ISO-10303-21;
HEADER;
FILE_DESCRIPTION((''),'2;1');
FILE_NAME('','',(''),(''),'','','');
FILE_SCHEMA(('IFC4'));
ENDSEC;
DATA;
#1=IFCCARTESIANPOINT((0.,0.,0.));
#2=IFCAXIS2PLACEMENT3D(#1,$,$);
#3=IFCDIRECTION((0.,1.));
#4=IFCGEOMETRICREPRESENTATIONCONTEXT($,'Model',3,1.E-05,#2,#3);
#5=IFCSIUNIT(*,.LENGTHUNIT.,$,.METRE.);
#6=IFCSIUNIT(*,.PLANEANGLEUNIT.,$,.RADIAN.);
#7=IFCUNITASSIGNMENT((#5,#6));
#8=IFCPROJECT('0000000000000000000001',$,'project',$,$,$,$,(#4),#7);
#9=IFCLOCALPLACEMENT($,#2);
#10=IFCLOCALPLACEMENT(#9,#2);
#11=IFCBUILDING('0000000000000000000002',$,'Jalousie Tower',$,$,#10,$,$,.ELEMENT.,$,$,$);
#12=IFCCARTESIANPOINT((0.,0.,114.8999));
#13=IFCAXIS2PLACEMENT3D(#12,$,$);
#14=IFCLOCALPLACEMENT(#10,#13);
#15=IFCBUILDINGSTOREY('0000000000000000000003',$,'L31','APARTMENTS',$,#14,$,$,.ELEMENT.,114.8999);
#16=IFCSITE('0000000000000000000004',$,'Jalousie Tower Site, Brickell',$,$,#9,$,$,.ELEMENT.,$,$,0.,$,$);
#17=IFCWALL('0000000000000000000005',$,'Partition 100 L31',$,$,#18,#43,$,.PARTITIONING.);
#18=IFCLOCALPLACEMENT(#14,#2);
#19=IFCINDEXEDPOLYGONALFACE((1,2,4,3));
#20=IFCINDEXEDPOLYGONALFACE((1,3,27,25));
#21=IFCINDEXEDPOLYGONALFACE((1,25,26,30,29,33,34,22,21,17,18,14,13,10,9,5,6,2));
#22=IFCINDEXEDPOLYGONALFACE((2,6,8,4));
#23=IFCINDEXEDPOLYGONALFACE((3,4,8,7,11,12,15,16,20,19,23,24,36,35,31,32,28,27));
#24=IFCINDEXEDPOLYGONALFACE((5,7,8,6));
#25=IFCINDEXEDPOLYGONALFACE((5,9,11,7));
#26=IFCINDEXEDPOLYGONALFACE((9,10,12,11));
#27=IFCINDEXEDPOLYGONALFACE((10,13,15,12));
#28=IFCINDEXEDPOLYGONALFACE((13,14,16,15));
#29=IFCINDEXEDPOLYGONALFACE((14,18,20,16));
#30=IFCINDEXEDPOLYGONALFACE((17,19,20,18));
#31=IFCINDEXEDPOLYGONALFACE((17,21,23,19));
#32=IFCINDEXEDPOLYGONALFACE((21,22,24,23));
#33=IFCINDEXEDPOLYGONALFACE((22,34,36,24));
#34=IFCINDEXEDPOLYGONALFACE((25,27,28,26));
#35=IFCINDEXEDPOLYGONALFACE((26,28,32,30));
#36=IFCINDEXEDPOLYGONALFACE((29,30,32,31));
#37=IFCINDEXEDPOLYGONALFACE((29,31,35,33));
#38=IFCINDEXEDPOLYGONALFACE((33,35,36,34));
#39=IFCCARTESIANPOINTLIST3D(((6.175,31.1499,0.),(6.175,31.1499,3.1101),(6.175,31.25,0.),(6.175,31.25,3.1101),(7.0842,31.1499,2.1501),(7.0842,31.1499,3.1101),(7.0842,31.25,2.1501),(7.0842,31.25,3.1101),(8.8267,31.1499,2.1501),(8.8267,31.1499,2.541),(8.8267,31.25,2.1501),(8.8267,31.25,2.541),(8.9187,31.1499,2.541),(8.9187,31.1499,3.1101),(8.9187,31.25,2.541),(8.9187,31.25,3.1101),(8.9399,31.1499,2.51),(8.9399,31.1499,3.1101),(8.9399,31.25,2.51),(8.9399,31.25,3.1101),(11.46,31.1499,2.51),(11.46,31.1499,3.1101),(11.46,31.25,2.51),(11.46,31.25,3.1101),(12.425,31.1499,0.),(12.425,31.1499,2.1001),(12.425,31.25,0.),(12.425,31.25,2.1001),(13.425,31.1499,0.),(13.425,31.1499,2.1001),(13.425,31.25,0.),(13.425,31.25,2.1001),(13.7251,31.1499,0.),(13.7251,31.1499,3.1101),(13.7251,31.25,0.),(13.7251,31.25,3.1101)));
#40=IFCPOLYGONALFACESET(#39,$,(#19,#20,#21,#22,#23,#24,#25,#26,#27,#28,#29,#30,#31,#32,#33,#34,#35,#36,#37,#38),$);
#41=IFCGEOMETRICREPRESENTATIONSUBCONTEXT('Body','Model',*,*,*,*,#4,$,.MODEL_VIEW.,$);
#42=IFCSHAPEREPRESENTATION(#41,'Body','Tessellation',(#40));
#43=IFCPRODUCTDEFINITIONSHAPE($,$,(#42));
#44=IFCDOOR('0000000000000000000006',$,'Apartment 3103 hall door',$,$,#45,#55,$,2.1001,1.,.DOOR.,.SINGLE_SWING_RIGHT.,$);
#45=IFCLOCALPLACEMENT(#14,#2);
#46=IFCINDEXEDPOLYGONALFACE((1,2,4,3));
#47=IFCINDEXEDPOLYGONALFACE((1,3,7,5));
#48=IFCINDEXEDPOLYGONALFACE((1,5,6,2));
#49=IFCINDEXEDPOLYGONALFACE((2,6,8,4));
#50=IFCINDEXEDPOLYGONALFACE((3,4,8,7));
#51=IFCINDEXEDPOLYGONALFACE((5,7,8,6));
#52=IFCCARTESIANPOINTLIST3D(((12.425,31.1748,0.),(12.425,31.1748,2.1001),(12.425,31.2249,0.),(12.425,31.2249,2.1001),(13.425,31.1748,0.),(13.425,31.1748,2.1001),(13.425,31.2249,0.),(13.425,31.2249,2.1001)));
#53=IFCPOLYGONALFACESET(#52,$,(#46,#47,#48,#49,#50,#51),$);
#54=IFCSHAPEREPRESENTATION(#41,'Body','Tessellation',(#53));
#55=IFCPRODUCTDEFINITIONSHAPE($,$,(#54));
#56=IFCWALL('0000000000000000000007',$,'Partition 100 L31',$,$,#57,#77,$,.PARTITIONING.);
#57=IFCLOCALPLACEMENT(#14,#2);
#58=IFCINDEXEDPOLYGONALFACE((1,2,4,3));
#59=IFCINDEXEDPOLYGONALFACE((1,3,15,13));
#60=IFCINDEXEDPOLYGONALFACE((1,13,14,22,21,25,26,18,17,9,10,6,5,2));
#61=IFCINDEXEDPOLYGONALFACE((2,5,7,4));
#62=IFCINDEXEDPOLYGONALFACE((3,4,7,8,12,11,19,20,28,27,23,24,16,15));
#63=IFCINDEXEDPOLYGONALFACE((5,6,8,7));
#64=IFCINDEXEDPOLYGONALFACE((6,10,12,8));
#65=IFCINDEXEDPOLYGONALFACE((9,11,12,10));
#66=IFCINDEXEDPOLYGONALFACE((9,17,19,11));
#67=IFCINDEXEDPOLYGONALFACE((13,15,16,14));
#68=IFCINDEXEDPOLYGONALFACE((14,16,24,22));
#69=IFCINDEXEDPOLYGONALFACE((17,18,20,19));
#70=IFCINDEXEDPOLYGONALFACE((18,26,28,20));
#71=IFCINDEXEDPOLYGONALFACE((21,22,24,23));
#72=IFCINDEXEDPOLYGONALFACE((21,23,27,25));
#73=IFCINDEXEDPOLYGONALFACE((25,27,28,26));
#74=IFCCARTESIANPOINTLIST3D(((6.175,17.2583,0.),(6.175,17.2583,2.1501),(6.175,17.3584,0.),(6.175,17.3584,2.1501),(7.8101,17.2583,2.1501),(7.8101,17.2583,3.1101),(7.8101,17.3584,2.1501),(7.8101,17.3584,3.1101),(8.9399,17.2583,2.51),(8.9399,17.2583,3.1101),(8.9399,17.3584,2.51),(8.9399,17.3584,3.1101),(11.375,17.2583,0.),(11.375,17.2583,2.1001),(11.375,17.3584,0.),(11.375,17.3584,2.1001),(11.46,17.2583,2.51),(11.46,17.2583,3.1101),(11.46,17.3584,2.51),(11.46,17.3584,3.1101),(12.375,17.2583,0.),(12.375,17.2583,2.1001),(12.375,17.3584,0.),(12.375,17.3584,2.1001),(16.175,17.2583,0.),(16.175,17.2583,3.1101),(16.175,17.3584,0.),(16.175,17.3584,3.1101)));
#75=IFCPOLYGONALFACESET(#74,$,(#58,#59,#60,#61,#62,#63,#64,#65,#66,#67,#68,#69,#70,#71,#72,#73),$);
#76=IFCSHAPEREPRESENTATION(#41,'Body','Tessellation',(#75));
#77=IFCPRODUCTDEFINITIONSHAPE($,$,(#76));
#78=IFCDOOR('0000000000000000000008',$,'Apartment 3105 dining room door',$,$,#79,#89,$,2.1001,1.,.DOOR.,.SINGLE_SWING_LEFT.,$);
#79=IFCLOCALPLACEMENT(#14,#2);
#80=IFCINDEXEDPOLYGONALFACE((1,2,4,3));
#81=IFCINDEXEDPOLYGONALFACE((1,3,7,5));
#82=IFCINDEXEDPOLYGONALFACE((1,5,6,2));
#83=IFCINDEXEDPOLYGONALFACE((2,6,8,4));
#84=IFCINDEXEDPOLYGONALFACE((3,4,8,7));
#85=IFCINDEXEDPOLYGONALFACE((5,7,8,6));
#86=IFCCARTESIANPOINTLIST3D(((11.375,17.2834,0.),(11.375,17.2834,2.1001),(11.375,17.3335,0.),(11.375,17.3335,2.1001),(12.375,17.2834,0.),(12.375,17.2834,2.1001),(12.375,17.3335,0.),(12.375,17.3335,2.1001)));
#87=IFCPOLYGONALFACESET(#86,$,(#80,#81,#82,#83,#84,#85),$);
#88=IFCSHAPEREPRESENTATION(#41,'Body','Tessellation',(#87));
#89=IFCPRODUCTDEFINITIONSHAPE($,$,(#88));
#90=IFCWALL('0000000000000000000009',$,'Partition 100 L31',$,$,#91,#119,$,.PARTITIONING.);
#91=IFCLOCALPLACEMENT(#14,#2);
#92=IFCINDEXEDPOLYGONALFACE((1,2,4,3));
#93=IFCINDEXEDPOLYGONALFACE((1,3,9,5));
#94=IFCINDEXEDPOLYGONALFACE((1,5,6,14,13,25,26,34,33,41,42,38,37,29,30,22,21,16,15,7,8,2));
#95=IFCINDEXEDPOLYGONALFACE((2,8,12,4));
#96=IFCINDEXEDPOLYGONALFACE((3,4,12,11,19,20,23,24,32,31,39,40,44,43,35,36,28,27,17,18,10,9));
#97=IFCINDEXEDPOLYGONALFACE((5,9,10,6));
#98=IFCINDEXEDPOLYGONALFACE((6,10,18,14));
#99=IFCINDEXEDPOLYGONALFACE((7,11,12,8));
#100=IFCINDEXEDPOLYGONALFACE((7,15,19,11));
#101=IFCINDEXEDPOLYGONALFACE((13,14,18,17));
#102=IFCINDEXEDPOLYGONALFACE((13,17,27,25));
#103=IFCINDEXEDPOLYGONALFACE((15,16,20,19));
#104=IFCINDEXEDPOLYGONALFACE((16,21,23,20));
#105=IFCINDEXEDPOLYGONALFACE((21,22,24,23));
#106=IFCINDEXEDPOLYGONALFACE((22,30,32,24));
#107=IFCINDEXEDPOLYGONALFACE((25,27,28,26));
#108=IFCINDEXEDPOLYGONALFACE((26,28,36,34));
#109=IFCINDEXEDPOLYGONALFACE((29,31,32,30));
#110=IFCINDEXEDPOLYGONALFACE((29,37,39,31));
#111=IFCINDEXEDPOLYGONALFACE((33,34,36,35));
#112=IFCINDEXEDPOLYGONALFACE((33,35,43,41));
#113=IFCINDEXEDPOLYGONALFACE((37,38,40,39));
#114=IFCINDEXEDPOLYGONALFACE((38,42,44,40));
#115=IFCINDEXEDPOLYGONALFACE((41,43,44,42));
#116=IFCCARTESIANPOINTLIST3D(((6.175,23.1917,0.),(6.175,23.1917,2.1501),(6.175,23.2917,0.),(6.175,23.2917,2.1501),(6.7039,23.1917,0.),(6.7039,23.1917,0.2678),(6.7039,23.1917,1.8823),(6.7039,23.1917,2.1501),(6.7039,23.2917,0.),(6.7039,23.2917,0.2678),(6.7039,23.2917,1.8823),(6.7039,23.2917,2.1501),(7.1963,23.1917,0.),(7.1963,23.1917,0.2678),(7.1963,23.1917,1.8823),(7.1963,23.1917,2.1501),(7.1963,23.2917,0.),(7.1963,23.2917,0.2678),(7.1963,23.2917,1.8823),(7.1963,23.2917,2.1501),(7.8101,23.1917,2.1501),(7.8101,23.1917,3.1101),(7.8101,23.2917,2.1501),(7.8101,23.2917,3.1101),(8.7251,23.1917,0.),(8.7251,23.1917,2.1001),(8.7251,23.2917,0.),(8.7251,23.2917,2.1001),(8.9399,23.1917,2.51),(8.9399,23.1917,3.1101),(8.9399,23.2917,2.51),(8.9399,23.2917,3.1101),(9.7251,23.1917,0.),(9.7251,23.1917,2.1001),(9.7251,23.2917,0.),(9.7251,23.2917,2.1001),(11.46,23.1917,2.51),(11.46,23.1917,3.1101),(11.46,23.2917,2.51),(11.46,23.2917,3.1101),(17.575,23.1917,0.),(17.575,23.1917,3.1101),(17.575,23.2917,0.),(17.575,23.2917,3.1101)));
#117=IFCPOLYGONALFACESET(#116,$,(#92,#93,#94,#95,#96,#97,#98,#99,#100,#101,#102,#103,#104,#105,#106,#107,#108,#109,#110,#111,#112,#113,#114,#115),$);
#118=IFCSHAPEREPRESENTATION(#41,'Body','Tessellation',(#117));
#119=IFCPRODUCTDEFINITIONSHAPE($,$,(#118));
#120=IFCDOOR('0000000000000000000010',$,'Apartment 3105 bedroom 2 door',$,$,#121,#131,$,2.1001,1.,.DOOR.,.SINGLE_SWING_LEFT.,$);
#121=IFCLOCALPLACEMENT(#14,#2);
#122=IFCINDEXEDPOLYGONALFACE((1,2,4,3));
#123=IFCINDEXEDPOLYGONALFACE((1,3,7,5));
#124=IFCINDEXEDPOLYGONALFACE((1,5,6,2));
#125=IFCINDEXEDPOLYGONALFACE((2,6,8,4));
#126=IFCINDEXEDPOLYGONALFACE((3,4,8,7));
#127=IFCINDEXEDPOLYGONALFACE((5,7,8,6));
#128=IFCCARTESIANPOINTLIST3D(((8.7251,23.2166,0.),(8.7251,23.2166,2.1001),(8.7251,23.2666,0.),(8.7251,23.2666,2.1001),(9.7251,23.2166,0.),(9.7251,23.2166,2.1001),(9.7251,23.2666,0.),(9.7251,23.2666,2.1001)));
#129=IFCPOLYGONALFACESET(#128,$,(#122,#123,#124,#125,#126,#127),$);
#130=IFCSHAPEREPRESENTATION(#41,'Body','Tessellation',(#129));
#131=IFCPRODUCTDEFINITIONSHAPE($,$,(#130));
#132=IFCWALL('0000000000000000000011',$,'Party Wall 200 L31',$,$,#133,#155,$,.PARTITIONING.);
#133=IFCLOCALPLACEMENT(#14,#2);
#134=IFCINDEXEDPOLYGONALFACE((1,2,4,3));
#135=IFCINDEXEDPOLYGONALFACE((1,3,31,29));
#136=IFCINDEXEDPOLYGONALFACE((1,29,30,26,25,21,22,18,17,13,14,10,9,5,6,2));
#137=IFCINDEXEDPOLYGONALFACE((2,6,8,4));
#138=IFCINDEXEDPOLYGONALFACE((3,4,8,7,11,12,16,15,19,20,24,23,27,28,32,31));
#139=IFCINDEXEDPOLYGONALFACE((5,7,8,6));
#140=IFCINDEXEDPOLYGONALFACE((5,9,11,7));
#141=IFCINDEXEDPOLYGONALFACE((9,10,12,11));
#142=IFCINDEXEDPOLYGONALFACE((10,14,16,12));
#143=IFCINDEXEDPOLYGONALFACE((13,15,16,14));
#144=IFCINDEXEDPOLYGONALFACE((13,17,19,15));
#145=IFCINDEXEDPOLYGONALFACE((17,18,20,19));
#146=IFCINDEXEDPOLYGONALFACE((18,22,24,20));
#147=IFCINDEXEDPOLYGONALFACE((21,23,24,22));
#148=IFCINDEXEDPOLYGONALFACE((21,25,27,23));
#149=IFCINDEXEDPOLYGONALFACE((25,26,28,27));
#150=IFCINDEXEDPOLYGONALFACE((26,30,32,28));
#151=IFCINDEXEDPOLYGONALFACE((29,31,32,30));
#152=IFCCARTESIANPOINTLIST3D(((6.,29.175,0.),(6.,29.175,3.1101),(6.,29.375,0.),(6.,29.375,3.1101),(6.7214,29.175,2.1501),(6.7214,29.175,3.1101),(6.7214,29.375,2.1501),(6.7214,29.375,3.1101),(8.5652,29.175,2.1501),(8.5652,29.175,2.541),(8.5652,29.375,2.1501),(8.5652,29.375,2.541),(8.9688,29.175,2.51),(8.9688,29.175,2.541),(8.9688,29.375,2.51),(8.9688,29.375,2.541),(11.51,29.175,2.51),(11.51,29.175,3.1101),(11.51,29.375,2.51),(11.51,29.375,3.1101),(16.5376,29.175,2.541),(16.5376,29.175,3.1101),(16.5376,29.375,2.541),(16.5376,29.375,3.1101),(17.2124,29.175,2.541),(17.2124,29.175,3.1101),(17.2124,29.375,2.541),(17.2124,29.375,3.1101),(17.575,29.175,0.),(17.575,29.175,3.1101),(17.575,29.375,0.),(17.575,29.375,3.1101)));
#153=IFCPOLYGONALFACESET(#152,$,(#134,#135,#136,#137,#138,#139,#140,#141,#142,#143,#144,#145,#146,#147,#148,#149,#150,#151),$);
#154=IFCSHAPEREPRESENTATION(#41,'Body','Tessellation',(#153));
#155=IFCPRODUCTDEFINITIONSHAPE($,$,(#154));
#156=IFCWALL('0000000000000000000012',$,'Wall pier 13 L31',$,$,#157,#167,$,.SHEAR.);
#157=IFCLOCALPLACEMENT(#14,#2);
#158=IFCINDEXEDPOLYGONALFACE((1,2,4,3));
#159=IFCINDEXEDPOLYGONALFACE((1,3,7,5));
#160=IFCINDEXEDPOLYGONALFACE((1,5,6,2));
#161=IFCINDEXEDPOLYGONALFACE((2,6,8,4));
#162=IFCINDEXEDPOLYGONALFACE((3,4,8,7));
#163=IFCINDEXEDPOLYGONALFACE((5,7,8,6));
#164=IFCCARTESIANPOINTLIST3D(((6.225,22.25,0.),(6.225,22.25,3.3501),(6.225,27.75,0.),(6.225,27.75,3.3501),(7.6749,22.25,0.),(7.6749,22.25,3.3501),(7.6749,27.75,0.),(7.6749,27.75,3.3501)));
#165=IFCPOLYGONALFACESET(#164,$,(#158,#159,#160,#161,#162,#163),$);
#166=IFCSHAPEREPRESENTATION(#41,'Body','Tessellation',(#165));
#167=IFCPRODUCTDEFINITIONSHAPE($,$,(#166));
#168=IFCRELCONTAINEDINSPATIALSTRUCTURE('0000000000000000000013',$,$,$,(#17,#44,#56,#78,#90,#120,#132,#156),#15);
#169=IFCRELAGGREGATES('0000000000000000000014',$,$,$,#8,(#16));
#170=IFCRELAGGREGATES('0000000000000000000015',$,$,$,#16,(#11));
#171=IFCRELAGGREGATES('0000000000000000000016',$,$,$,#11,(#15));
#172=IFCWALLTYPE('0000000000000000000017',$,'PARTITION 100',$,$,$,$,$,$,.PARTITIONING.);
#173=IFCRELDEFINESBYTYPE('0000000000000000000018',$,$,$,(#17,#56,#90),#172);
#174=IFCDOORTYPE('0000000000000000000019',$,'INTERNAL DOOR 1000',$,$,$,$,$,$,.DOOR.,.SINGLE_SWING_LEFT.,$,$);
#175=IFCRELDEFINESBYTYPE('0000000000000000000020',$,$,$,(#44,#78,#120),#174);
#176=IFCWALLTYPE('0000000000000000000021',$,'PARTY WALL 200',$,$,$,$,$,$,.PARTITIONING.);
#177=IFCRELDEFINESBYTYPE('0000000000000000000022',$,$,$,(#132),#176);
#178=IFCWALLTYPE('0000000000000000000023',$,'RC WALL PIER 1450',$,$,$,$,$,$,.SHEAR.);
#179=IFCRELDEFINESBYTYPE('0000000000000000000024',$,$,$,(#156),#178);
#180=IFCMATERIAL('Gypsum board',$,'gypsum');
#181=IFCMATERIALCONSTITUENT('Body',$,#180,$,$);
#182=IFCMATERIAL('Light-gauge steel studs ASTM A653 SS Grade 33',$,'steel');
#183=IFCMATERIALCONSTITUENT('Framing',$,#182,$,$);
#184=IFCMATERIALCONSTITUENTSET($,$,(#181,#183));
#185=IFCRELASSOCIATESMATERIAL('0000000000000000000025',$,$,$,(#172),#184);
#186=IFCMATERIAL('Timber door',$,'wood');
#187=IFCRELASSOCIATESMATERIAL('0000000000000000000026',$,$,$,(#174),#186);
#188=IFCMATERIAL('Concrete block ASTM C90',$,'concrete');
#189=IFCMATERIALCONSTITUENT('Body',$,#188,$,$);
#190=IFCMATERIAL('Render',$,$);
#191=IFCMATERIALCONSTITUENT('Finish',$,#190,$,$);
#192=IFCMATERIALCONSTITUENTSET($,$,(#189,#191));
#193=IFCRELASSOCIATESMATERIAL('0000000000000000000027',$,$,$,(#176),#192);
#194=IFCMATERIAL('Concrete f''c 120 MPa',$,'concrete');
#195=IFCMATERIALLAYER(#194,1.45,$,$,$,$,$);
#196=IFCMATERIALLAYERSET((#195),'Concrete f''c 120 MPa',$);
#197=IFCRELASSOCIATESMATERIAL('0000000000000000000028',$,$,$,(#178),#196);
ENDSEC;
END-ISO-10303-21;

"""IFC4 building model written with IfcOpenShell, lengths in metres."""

from ifc_helpers import new_model, si_unit, direction, frame, frame_2d, origin, place, context, subcontext, project, spatial, polyline, rectangle, outline, extrude, material, layer, layer_set, constituent, constituent_set, type_object, element, fill, save


model = new_model("IFC4")

# Units and contexts
model_context = context("Model", 3, precision=1e-05, world=origin(), true_north=direction((0.0, 1.0)))
body_context = subcontext(model_context, "Body", "Model", "MODEL_VIEW")
ifc_project = project(units=[si_unit("LENGTHUNIT", "METRE"), si_unit("PLANEANGLEUNIT", "RADIAN")], contexts=[model_context])

# Site, building, storey
site_placement = place(None, origin())
site = spatial("IfcSite", under=ifc_project, at=site_placement, Name="Jalousie Tower Site, Brickell", CompositionType="ELEMENT", RefElevation=0.0)
building_placement = place(site_placement, origin())
building = spatial("IfcBuilding", under=site, at=building_placement, Name="Jalousie Tower", CompositionType="ELEMENT")
storey_placement = place(building_placement, frame((0.0, 0.0, 114.8999)))
storey = spatial("IfcBuildingStorey", under=building, at=storey_placement, Name="L31", Description="APARTMENTS", CompositionType="ELEMENT", Elevation=114.8999)

# Walls, openings, doors
ifc_material_1 = material(Name="Gypsum board", Category="gypsum")
ifc_constituent_1 = constituent(ifc_material_1, Name="Body")
ifc_material_2 = material(Name="Light-gauge steel studs ASTM A653 SS Grade 33", Category="steel")
ifc_constituent_2 = constituent(ifc_material_2, Name="Framing")
ifc_constituent_set_1 = constituent_set(constituents=[ifc_constituent_1, ifc_constituent_2])
wall_type_1 = type_object("IfcWallType", Name="PARTITION 100", PredefinedType="PARTITIONING", material=ifc_constituent_set_1)
wall_1_placement = place(storey_placement, frame((6.175, 31.2, 0.0), z_axis=(0.0, 0.0, 1.0), x_axis=(1.0, 0.0, 0.0)))
wall_1 = element("IfcWall", 1, at=wall_1_placement, inside=storey, type_object=wall_type_1, Name="Partition 100 L31", PredefinedType="PARTITIONING", context=body_context, shape_type="SweptSolid", body=[
    extrude(outline(polyline([(0.0, 0.0), (7.55, 0.0), (7.55, 3.1101), (5.2849, 3.1101), (5.2849, 2.51), (2.7649, 2.51), (2.7649, 3.1101), (2.7437, 3.1101), (2.7437, 2.541), (2.6516, 2.541), (2.6516, 2.1501), (0.9092, 2.1501), (0.9092, 3.1101), (0.0, 3.1101), (0.0, 0.0)])), frame((0.0, 0.05, 0.0), z_axis=(0.0, -1.0, 0.0), x_axis=(1.0, 0.0, 0.0)), (0.0, 0.0, 1.0), 0.1001),
])
opening_1_placement = place(wall_1_placement, frame((6.25, 0.0, 0.0)))
opening_1 = element("IfcOpeningElement", 2, at=opening_1_placement, cuts=wall_1, PredefinedType="OPENING", context=body_context, shape_type="SweptSolid", body=[
    extrude(rectangle(XDim=1.0, YDim=2.1001, at=frame_2d((0.5, 1.05))), frame((0.0, 0.0601, 0.0), z_axis=(0.0, -1.0, 0.0), x_axis=(1.0, 0.0, 0.0)), (0.0, 0.0, 1.0), 0.1201),
])
ifc_material_3 = material(Name="Timber door", Category="wood")
door_type = type_object("IfcDoorType", Name="INTERNAL DOOR 1000", OperationType="SINGLE_SWING_LEFT", PredefinedType="DOOR", material=ifc_material_3)
door_1_placement = place(opening_1_placement, origin())
door_1 = element("IfcDoor", 3, at=door_1_placement, inside=storey, type_object=door_type, Name="Apartment 3103 hall door", OperationType="SINGLE_SWING_RIGHT", OverallHeight=2.1001, OverallWidth=1.0, PredefinedType="DOOR", context=body_context, shape_type="SweptSolid", body=[
    extrude(rectangle(XDim=1.0, YDim=2.1001, at=frame_2d((0.5, 1.05))), frame((0.0, 0.0249, 0.0), z_axis=(0.0, -1.0, 0.0), x_axis=(1.0, 0.0, 0.0)), (0.0, 0.0, 1.0), 0.05),
])
fill(opening_1, door_1)
wall_2_placement = place(storey_placement, frame((6.175, 17.3083, 0.0), z_axis=(0.0, 0.0, 1.0), x_axis=(1.0, 0.0, 0.0)))
wall_2 = element("IfcWall", 4, at=wall_2_placement, inside=storey, type_object=wall_type_1, Name="Partition 100 L31", PredefinedType="PARTITIONING", context=body_context, shape_type="SweptSolid", body=[
    extrude(outline(polyline([(0.0, 0.0), (10.0, 0.0), (10.0, 3.1101), (5.2849, 3.1101), (5.2849, 2.51), (2.7649, 2.51), (2.7649, 3.1101), (1.635, 3.1101), (1.635, 2.1501), (0.0, 2.1501), (0.0, 3.1101), (0.0, 0.0)])), frame((0.0, 0.05, 0.0), z_axis=(0.0, -1.0, 0.0), x_axis=(1.0, 0.0, 0.0)), (0.0, 0.0, 1.0), 0.1001),
])
opening_2_placement = place(wall_2_placement, frame((5.2, 0.0, 0.0)))
opening_2 = element("IfcOpeningElement", 5, at=opening_2_placement, cuts=wall_2, PredefinedType="OPENING", context=body_context, shape_type="SweptSolid", body=[
    extrude(rectangle(XDim=1.0, YDim=2.1001, at=frame_2d((0.5, 1.05))), frame((0.0, 0.0601, 0.0), z_axis=(0.0, -1.0, 0.0), x_axis=(1.0, 0.0, 0.0)), (0.0, 0.0, 1.0), 0.1201),
])
door_2_placement = place(opening_2_placement, frame((1.0, 0.0, 0.0), z_axis=(0.0, 0.0, 1.0), x_axis=(-1.0, 0.0, 0.0)))
door_2 = element("IfcDoor", 6, at=door_2_placement, inside=storey, type_object=door_type, Name="Apartment 3105 dining room door", OperationType="SINGLE_SWING_LEFT", OverallHeight=2.1001, OverallWidth=1.0, PredefinedType="DOOR", context=body_context, shape_type="SweptSolid", body=[
    extrude(rectangle(XDim=1.0, YDim=2.1001, at=frame_2d((0.5, 1.05))), frame((0.0, 0.0249, 0.0), z_axis=(0.0, -1.0, 0.0), x_axis=(1.0, 0.0, 0.0)), (0.0, 0.0, 1.0), 0.05),
])
fill(opening_2, door_2)
wall_3_placement = place(storey_placement, frame((6.175, 23.2417, 0.0), z_axis=(0.0, 0.0, 1.0), x_axis=(1.0, 0.0, 0.0)))
wall_3 = element("IfcWall", 7, at=wall_3_placement, inside=storey, type_object=wall_type_1, Name="Partition 100 L31", PredefinedType="PARTITIONING", context=body_context, shape_type="SweptSolid", body=[
    extrude(outline(polyline([(0.5288, 2.1501), (0.0, 2.1501), (0.0, 0.0), (0.5288, 0.0), (0.5288, 0.2678), (1.0212, 0.2678), (1.0212, 0.0), (11.3999, 0.0), (11.3999, 3.1101), (5.2849, 3.1101), (5.2849, 2.51), (2.7649, 2.51), (2.7649, 3.1101), (1.635, 3.1101), (1.635, 2.1501), (1.0212, 2.1501), (1.0212, 1.8823), (0.5288, 1.8823), (0.5288, 2.1501)])), frame((0.0, 0.05, 0.0), z_axis=(0.0, -1.0, 0.0), x_axis=(1.0, 0.0, 0.0)), (0.0, 0.0, 1.0), 0.1001),
])
opening_3_placement = place(wall_3_placement, frame((2.55, 0.0, 0.0)))
opening_3 = element("IfcOpeningElement", 8, at=opening_3_placement, cuts=wall_3, PredefinedType="OPENING", context=body_context, shape_type="SweptSolid", body=[
    extrude(rectangle(XDim=1.0, YDim=2.1001, at=frame_2d((0.5, 1.05))), frame((0.0, 0.0601, 0.0), z_axis=(0.0, -1.0, 0.0), x_axis=(1.0, 0.0, 0.0)), (0.0, 0.0, 1.0), 0.1201),
])
door_3_placement = place(opening_3_placement, origin())
door_3 = element("IfcDoor", 9, at=door_3_placement, inside=storey, type_object=door_type, Name="Apartment 3105 bedroom 2 door", OperationType="SINGLE_SWING_LEFT", OverallHeight=2.1001, OverallWidth=1.0, PredefinedType="DOOR", context=body_context, shape_type="SweptSolid", body=[
    extrude(rectangle(XDim=1.0, YDim=2.1001, at=frame_2d((0.5, 1.05))), frame((0.0, 0.0249, 0.0), z_axis=(0.0, -1.0, 0.0), x_axis=(1.0, 0.0, 0.0)), (0.0, 0.0, 1.0), 0.05),
])
fill(opening_3, door_3)

# Walls
ifc_material_4 = material(Name="Concrete block ASTM C90", Category="concrete")
ifc_constituent_3 = constituent(ifc_material_4, Name="Body")
ifc_material_5 = material(Name="Render")
ifc_constituent_4 = constituent(ifc_material_5, Name="Finish")
ifc_constituent_set_2 = constituent_set(constituents=[ifc_constituent_3, ifc_constituent_4])
wall_type_2 = type_object("IfcWallType", Name="PARTY WALL 200", PredefinedType="PARTITIONING", material=ifc_constituent_set_2)
wall_4_placement = place(storey_placement, frame((6.0, 29.2749, 0.0), z_axis=(0.0, 0.0, 1.0), x_axis=(1.0, 0.0, 0.0)))
element("IfcWall", 10, at=wall_4_placement, inside=storey, type_object=wall_type_2, Name="Party Wall 200 L31", PredefinedType="PARTITIONING", context=body_context, shape_type="SweptSolid", body=[
    extrude(outline(polyline([(0.0, 0.0), (11.575, 0.0), (11.575, 3.1101), (11.2124, 3.1101), (11.2124, 2.541), (10.5376, 2.541), (10.5376, 3.1101), (5.51, 3.1101), (5.51, 2.51), (2.9688, 2.51), (2.9688, 2.541), (2.5652, 2.541), (2.5652, 2.1501), (0.7214, 2.1501), (0.7214, 3.1101), (0.0, 3.1101), (0.0, 0.0)])), frame((0.0, 0.1001, 0.0), z_axis=(0.0, -1.0, 0.0), x_axis=(1.0, 0.0, 0.0)), (0.0, 0.0, 1.0), 0.2),
])
ifc_material_6 = material(Name="Concrete f'c 120 MPa", Category="concrete")
ifc_layer_1 = layer(ifc_material_6, 1.45)
ifc_layer_set_1 = layer_set([ifc_layer_1], Name="Concrete f'c 120 MPa")
wall_type_3 = type_object("IfcWallType", Name="RC WALL PIER 1450", PredefinedType="SHEAR", material=ifc_layer_set_1)
wall_5_placement = place(storey_placement, frame((6.95, 22.25, 0.0), z_axis=(0.0, 0.0, 1.0), x_axis=(0.0, 1.0, 0.0)))
element("IfcWall", 11, at=wall_5_placement, inside=storey, type_object=wall_type_3, Name="Wall pier 13 L31", PredefinedType="SHEAR", context=body_context, shape_type="SweptSolid", body=[
    extrude(rectangle(XDim=5.5, YDim=1.45, at=frame_2d((2.75, 0.0))), origin(), (0.0, 0.0, 1.0), 3.3501),
])

save(model, "model.ifc")
